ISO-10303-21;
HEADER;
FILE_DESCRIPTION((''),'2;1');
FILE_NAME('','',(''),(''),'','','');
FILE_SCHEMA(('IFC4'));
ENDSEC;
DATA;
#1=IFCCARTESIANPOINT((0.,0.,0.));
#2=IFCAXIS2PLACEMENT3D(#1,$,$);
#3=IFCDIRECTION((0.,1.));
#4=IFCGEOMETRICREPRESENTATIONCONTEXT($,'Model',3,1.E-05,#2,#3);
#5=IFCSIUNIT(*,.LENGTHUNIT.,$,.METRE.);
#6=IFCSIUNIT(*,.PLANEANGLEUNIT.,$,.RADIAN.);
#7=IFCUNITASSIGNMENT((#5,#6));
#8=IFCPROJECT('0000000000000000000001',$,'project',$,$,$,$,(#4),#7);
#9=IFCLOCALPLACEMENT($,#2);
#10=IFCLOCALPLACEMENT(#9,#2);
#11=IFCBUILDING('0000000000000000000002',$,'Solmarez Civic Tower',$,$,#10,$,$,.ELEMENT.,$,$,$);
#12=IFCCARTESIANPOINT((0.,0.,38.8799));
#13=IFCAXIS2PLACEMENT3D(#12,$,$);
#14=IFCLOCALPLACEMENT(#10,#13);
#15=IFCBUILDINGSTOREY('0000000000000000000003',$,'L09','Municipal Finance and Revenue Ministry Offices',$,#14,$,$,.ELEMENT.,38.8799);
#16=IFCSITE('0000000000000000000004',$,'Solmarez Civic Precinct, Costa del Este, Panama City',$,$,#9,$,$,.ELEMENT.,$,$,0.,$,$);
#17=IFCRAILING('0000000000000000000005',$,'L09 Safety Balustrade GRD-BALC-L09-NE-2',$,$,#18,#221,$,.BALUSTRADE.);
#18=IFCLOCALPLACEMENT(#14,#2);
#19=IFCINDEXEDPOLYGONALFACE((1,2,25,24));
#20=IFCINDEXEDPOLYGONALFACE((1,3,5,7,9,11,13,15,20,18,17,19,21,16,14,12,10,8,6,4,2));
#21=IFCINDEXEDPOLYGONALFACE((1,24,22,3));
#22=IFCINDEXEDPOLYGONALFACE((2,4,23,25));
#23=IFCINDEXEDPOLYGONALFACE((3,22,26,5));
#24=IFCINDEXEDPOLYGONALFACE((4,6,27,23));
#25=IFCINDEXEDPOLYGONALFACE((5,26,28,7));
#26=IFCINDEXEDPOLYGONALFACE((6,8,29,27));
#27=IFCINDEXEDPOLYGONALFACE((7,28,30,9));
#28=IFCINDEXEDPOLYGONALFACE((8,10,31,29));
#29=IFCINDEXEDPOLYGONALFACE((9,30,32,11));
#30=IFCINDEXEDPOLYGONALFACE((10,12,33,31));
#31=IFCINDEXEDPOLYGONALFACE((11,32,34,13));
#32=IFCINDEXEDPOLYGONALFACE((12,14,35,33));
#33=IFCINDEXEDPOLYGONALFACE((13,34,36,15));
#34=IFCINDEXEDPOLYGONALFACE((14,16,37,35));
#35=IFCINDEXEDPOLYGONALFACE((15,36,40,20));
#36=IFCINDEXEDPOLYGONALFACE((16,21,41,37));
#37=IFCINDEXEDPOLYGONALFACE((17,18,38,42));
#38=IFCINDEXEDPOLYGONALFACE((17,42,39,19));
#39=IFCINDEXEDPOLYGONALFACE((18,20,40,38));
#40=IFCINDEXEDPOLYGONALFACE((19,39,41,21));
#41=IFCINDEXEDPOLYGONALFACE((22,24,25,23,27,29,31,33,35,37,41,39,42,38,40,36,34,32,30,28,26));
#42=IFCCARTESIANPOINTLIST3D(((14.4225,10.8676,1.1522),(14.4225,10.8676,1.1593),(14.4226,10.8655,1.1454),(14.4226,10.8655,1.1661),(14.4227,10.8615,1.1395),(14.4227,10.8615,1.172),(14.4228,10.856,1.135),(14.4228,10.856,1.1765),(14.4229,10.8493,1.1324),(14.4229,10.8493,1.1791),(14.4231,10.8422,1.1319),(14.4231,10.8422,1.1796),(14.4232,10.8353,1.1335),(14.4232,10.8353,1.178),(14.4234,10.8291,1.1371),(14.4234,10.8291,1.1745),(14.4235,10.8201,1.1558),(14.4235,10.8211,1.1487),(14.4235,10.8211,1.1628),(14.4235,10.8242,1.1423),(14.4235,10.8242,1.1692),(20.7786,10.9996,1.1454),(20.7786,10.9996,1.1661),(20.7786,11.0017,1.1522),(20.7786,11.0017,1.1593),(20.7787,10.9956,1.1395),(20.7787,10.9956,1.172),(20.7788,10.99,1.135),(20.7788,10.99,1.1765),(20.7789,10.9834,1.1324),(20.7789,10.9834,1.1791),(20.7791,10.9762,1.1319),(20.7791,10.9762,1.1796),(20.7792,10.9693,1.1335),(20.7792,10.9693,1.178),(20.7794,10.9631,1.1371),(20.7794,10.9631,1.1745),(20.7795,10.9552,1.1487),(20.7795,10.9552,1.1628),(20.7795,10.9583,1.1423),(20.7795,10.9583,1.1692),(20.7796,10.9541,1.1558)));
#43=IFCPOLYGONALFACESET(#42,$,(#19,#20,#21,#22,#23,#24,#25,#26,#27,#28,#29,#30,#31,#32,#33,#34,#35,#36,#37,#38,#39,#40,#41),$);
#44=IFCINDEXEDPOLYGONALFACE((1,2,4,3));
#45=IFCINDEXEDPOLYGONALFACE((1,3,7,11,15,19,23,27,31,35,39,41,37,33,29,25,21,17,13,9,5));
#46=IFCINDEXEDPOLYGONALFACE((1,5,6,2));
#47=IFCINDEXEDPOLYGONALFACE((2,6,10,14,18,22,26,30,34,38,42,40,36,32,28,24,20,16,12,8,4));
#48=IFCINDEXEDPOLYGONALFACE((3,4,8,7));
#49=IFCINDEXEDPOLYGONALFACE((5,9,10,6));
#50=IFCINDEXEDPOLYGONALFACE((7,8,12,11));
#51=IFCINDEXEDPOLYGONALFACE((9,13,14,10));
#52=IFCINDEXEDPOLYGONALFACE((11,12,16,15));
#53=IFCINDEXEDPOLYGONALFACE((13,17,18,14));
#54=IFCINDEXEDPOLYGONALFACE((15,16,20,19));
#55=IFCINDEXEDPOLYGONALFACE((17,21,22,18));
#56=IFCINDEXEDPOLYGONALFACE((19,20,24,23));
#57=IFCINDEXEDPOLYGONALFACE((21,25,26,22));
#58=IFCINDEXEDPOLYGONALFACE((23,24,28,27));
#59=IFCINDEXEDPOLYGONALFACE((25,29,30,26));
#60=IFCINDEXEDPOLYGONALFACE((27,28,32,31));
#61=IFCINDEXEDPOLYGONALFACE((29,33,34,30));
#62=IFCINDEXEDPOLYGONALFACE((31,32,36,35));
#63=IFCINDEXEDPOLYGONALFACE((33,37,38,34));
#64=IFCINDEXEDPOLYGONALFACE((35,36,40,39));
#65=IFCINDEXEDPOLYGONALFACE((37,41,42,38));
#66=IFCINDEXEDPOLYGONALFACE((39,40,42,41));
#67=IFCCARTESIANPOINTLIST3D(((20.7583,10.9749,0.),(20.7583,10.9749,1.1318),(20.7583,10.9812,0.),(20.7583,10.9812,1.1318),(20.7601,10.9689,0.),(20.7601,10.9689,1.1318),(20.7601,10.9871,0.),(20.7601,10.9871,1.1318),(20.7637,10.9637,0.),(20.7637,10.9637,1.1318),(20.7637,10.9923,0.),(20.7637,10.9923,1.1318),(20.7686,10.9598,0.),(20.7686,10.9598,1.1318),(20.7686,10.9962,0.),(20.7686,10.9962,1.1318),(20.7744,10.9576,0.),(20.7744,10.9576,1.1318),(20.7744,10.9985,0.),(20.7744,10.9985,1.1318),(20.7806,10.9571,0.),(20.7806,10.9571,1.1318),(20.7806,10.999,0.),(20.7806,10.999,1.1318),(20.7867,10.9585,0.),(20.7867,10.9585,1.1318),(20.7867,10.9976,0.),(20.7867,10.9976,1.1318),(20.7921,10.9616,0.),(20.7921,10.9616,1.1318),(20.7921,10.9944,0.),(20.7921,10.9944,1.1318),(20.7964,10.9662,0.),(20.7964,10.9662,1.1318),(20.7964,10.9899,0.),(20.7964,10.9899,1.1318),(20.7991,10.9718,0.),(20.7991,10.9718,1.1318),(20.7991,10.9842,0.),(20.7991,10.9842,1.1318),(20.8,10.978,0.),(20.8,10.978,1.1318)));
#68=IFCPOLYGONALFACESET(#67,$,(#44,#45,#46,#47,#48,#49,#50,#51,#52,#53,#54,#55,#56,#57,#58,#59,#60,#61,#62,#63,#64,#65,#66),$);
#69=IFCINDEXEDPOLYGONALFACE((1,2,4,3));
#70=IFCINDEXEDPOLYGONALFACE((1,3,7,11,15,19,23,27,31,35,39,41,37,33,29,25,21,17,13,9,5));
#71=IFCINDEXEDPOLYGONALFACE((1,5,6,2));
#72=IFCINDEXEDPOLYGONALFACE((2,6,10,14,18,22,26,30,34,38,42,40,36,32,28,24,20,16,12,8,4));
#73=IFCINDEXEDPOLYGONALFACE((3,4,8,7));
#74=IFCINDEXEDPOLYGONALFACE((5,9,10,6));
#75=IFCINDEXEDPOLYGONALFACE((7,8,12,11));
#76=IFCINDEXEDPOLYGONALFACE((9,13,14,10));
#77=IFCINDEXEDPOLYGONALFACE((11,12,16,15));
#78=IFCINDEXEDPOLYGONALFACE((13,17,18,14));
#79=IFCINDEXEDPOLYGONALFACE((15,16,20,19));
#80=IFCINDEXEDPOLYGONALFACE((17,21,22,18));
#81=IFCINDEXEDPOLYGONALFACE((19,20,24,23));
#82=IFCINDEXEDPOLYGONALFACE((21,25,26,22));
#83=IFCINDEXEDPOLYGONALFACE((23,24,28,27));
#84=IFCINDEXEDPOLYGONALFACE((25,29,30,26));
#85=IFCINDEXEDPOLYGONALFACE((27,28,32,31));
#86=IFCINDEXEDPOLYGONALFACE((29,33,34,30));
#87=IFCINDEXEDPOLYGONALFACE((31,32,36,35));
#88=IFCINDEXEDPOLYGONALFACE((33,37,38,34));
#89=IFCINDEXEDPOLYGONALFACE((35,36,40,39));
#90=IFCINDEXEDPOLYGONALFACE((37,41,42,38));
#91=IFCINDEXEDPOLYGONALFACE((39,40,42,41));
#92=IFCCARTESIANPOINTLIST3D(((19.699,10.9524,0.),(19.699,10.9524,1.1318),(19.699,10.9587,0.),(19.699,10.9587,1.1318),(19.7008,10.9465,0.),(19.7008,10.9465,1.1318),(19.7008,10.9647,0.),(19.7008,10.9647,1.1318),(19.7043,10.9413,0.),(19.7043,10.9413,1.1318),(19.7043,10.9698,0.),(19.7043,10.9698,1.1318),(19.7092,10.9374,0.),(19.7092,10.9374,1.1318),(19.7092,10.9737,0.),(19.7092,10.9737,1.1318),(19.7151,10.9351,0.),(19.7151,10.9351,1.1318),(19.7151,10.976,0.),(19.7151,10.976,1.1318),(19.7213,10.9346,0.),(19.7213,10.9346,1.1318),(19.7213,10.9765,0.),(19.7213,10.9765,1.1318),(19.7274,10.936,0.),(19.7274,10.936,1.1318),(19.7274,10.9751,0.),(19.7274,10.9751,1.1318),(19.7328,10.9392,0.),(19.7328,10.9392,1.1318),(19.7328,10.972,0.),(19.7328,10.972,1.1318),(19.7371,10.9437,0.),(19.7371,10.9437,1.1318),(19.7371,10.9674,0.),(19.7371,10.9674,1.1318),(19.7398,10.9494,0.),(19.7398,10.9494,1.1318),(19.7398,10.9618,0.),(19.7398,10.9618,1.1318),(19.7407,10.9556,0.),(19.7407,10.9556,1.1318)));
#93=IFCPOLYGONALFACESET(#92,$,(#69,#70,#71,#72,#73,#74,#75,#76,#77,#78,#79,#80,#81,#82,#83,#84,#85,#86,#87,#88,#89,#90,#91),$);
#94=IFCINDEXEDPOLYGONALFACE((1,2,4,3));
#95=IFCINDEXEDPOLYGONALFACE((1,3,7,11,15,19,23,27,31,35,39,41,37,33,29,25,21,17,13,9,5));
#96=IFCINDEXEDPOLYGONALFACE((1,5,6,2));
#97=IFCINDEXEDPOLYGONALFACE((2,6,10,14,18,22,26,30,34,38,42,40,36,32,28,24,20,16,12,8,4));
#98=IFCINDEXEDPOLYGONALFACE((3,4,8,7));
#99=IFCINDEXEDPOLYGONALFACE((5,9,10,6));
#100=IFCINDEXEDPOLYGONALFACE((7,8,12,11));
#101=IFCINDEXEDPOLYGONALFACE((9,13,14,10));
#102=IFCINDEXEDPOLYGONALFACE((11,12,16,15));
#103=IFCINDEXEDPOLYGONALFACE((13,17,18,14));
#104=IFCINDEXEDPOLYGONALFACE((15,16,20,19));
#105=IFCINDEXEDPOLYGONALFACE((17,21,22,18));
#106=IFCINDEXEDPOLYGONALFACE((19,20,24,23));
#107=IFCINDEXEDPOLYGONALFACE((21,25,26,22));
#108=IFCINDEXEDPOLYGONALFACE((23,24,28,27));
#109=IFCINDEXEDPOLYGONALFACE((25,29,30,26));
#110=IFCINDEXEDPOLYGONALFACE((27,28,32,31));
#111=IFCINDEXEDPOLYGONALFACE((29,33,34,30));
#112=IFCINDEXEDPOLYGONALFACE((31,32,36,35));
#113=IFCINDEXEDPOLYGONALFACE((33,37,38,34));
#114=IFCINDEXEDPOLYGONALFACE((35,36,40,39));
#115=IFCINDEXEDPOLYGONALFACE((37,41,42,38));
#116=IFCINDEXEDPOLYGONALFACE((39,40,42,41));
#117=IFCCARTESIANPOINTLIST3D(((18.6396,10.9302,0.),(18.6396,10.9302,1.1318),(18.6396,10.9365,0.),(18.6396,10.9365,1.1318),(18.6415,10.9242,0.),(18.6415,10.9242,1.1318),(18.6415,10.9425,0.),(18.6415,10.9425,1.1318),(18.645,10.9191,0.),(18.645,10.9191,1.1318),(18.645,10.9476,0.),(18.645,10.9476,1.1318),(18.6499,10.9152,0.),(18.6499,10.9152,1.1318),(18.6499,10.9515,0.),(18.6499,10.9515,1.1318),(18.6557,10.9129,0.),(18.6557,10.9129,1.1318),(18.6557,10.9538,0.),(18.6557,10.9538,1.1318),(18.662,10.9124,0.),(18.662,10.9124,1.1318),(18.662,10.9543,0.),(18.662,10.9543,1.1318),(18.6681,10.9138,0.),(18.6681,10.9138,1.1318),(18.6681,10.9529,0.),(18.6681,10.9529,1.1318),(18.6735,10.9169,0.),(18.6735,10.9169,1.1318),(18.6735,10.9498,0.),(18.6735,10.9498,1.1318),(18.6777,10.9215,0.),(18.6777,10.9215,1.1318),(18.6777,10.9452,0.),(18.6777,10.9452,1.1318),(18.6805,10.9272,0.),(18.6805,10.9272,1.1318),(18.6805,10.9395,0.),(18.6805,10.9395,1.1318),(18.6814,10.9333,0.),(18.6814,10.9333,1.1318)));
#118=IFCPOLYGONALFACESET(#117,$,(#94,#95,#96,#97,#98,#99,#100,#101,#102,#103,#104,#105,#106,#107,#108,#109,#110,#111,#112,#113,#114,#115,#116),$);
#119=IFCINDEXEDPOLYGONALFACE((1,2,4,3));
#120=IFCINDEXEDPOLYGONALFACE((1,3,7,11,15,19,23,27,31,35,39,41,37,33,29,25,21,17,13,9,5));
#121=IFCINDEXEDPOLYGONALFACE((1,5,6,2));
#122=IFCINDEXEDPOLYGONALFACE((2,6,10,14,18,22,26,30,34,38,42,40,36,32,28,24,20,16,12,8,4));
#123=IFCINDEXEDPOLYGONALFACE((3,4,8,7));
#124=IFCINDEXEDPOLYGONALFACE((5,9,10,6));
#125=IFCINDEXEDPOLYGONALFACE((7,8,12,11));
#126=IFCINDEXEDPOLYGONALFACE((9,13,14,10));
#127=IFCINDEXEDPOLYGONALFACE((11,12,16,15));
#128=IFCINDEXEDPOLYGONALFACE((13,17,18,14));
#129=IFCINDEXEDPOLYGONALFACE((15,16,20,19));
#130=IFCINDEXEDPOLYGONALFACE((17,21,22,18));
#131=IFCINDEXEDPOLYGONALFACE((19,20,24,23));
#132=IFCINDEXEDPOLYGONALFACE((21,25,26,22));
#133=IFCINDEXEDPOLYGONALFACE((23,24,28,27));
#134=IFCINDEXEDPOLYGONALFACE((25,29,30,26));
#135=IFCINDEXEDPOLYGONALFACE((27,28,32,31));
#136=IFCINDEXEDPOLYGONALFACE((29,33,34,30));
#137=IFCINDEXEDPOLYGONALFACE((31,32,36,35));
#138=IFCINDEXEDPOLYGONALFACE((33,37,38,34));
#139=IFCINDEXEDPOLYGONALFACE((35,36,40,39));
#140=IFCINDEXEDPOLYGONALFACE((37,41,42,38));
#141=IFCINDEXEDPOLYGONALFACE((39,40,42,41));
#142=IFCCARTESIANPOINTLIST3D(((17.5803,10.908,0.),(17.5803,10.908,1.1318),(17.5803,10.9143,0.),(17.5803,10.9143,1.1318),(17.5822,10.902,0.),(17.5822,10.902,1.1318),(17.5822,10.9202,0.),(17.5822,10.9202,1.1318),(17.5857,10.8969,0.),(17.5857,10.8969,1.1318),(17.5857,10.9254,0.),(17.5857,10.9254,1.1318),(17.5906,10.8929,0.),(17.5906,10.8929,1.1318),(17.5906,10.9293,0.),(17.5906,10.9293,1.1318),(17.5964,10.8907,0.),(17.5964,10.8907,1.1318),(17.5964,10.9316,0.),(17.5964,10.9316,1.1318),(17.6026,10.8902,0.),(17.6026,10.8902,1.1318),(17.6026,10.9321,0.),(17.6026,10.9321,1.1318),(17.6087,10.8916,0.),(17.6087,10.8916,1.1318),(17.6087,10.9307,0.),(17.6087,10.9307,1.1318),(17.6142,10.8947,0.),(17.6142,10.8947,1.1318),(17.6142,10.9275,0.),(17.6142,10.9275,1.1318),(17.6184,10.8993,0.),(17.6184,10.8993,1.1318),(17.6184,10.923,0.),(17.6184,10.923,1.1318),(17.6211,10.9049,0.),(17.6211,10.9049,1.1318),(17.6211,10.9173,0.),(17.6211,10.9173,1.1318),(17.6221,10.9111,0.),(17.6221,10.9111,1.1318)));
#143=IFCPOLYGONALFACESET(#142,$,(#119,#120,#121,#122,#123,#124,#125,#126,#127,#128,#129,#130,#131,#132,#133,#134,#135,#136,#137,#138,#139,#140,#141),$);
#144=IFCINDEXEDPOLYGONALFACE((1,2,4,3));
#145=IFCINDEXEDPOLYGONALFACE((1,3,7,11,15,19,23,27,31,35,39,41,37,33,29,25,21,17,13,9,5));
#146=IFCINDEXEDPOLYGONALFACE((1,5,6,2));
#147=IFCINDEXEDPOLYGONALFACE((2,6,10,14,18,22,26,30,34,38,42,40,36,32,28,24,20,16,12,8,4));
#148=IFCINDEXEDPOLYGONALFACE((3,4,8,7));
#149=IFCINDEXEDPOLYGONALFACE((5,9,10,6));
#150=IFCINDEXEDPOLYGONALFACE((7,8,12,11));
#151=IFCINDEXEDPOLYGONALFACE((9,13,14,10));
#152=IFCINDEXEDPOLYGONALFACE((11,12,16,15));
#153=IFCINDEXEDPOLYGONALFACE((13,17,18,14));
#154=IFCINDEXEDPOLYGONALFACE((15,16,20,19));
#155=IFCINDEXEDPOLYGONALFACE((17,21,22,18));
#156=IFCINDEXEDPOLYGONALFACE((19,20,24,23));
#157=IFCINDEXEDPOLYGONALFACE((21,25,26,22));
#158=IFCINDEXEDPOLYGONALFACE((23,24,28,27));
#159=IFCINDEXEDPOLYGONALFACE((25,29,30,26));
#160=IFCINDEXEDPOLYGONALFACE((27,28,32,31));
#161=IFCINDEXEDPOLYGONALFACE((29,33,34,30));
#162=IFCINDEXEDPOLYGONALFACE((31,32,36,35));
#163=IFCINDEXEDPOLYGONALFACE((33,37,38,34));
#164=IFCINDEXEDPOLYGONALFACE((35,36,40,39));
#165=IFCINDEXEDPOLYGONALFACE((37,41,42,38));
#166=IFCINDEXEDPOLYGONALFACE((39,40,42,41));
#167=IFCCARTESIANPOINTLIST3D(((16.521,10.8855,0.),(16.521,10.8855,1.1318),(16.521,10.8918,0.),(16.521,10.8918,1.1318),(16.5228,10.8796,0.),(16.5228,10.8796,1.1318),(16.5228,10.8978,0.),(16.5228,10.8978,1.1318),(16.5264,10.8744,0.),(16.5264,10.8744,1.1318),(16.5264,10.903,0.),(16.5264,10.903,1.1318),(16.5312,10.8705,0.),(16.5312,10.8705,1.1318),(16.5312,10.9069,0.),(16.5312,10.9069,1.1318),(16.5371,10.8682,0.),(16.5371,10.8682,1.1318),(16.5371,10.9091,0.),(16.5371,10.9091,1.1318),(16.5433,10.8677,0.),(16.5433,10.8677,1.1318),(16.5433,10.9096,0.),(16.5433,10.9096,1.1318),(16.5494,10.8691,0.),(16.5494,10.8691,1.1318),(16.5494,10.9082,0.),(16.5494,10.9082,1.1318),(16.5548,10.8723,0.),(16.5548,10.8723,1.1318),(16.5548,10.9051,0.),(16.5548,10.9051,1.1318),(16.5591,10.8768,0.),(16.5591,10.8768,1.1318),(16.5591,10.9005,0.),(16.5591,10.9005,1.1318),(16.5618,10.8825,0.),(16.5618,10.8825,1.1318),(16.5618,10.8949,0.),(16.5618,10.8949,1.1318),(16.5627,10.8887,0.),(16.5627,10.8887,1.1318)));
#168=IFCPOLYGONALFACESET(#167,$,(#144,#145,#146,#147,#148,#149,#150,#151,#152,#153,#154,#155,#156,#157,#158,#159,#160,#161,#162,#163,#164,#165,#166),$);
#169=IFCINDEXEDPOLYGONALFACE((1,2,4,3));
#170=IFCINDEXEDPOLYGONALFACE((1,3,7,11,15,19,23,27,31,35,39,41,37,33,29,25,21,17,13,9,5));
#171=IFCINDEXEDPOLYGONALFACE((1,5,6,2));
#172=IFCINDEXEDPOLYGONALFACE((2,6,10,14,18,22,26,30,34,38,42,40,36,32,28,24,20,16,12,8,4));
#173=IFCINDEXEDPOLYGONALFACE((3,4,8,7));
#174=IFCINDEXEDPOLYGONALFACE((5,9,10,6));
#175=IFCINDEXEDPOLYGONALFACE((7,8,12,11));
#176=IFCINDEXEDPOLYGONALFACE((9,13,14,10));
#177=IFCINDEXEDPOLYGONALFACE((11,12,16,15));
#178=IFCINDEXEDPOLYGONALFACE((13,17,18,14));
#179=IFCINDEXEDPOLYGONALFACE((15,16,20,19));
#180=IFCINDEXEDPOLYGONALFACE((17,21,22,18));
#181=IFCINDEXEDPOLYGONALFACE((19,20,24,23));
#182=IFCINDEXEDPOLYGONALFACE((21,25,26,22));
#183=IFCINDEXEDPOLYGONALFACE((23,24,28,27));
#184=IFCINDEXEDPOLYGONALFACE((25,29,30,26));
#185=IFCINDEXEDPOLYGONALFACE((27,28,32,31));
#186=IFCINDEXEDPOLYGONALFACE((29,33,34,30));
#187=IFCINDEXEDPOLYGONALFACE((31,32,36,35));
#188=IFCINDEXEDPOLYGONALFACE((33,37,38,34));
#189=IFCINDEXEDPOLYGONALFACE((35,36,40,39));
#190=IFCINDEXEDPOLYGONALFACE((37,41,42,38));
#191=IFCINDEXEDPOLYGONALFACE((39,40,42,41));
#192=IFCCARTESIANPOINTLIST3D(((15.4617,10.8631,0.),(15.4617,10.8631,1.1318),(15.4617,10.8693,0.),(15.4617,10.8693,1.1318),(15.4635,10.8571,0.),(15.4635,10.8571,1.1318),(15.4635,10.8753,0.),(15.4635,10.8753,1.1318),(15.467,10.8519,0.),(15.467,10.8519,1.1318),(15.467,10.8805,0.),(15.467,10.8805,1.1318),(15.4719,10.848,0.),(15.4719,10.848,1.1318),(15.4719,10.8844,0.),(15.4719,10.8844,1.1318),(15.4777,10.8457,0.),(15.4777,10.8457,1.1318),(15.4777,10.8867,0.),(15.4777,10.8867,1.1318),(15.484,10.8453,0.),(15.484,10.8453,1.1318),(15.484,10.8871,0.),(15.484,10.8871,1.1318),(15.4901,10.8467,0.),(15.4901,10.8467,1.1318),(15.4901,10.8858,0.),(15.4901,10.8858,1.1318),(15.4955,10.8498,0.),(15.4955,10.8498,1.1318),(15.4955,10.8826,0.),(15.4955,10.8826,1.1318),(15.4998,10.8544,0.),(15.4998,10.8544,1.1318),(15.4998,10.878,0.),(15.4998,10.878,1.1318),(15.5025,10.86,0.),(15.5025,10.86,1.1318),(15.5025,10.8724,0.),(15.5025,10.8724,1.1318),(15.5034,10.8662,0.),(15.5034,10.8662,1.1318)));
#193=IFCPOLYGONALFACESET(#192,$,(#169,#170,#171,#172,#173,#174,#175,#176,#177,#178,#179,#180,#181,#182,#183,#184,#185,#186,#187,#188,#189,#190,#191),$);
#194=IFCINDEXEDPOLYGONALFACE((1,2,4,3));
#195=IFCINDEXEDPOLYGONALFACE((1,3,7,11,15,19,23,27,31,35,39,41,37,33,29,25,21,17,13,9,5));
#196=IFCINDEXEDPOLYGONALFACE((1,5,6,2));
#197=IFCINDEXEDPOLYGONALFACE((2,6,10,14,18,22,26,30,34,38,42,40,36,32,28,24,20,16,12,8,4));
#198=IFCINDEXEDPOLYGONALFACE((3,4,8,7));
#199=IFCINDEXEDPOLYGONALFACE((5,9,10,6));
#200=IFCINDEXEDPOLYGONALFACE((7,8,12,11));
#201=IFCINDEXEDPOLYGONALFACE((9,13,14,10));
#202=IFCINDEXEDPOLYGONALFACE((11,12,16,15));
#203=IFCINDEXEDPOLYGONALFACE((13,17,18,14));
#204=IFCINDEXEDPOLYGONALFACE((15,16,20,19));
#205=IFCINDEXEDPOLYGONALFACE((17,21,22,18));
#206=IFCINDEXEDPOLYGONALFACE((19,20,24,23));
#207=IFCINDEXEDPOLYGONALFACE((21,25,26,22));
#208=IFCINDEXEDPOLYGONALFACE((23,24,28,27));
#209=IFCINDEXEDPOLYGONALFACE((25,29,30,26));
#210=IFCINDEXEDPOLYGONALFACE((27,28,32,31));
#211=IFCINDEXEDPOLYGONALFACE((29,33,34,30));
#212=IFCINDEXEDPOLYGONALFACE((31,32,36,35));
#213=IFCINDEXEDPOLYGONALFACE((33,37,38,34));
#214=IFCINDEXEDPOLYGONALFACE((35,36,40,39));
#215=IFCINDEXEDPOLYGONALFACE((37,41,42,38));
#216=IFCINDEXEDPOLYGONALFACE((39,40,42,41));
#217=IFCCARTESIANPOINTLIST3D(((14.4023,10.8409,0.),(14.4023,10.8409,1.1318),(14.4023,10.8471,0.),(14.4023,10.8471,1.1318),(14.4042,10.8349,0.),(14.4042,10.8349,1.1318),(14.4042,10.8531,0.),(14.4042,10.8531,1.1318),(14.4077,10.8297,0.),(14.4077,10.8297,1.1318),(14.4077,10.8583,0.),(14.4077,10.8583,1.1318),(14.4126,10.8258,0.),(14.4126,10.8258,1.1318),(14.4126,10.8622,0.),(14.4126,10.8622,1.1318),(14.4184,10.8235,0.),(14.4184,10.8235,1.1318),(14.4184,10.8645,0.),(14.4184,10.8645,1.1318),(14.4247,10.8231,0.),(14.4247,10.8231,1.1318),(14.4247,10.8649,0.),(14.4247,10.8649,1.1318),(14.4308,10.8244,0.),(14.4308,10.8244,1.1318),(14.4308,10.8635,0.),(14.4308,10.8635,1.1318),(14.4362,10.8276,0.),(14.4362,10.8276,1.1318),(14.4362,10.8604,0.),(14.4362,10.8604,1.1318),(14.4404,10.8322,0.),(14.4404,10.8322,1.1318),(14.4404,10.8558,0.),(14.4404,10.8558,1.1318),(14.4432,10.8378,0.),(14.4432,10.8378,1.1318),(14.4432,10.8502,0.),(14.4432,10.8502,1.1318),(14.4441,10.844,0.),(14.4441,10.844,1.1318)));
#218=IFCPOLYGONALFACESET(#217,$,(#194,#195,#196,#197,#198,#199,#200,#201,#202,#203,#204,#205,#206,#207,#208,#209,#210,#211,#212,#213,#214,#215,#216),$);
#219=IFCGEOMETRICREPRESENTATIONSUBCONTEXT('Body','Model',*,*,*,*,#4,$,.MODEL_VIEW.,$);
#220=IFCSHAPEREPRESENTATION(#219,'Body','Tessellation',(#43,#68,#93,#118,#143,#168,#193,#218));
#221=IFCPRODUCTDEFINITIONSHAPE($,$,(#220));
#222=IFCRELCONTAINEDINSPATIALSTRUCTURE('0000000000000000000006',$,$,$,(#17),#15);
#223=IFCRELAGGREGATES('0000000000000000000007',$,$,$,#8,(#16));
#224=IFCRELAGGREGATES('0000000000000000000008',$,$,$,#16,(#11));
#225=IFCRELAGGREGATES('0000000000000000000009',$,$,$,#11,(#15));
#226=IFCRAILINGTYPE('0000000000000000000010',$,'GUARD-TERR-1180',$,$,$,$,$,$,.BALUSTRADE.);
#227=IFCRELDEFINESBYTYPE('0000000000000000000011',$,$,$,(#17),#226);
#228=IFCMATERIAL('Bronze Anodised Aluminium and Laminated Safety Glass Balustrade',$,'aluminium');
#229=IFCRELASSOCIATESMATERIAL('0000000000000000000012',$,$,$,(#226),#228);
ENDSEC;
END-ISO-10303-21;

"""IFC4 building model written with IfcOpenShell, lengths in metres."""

from ifc_helpers import new_model, si_unit, direction, frame, origin, origin_2d, place, context, subcontext, project, spatial, circle, extrude, material, type_object, element, save


model = new_model("IFC4")

# Units and contexts
model_context = context("Model", 3, precision=1e-05, world=origin(), true_north=direction((0.0, 1.0)))
body_context = subcontext(model_context, "Body", "Model", "MODEL_VIEW")
ifc_project = project(units=[si_unit("LENGTHUNIT", "METRE"), si_unit("PLANEANGLEUNIT", "RADIAN")], contexts=[model_context])

# Site, building, storey
site_placement = place(None, origin())
site = spatial("IfcSite", under=ifc_project, at=site_placement, Name="Solmarez Civic Precinct, Costa del Este, Panama City", CompositionType="ELEMENT", RefElevation=0.0)
building_placement = place(site_placement, origin())
building = spatial("IfcBuilding", under=site, at=building_placement, Name="Solmarez Civic Tower", CompositionType="ELEMENT")
storey_placement = place(building_placement, frame((0.0, 0.0, 38.8799)))
storey = spatial("IfcBuildingStorey", under=building, at=storey_placement, Name="L09", Description="Municipal Finance and Revenue Ministry Offices", CompositionType="ELEMENT", Elevation=38.8799)

# Railing
ifc_material_1 = material(Name="Bronze Anodised Aluminium and Laminated Safety Glass Balustrade", Category="aluminium")
railing_type = type_object("IfcRailingType", Name="GUARD-TERR-1180", PredefinedType="BALUSTRADE", material=ifc_material_1)
railing_1_placement = place(storey_placement, frame((20.7791, 10.978, 0.0)))
element("IfcRailing", 1, at=railing_1_placement, inside=storey, type_object=railing_type, Name="L09 Safety Balustrade GRD-BALC-L09-NE-2", PredefinedType="BALUSTRADE", context=body_context, shape_type="SweptSolid", body=[
    extrude(circle(Radius=0.0239, at=origin_2d()), frame((0.0, 0.0, 1.1558), z_axis=(-0.999778, -0.021083, 0.0), x_axis=(0.021083, -0.999778, 0.0)), (0.0, 0.0, 1.0), 6.3574),
    extrude(circle(Radius=0.021, at=origin_2d()), origin(), (0.0, 0.0, 1.0), 1.1318),
    extrude(circle(Radius=0.021, at=origin_2d()), frame((-1.0593, -0.0225, 0.0)), (0.0, 0.0, 1.0), 1.1318),
    extrude(circle(Radius=0.021, at=origin_2d()), frame((-2.1187, -0.0447, 0.0)), (0.0, 0.0, 1.0), 1.1318),
    extrude(circle(Radius=0.021, at=origin_2d()), frame((-3.178, -0.0669, 0.0)), (0.0, 0.0, 1.0), 1.1318),
    extrude(circle(Radius=0.021, at=origin_2d()), frame((-4.2373, -0.0894, 0.0)), (0.0, 0.0, 1.0), 1.1318),
    extrude(circle(Radius=0.021, at=origin_2d()), frame((-5.2966, -0.1118, 0.0)), (0.0, 0.0, 1.0), 1.1318),
    extrude(circle(Radius=0.021, at=origin_2d()), frame((-6.356, -0.134, 0.0)), (0.0, 0.0, 1.0), 1.1318),
])

save(model, "model.ifc")
